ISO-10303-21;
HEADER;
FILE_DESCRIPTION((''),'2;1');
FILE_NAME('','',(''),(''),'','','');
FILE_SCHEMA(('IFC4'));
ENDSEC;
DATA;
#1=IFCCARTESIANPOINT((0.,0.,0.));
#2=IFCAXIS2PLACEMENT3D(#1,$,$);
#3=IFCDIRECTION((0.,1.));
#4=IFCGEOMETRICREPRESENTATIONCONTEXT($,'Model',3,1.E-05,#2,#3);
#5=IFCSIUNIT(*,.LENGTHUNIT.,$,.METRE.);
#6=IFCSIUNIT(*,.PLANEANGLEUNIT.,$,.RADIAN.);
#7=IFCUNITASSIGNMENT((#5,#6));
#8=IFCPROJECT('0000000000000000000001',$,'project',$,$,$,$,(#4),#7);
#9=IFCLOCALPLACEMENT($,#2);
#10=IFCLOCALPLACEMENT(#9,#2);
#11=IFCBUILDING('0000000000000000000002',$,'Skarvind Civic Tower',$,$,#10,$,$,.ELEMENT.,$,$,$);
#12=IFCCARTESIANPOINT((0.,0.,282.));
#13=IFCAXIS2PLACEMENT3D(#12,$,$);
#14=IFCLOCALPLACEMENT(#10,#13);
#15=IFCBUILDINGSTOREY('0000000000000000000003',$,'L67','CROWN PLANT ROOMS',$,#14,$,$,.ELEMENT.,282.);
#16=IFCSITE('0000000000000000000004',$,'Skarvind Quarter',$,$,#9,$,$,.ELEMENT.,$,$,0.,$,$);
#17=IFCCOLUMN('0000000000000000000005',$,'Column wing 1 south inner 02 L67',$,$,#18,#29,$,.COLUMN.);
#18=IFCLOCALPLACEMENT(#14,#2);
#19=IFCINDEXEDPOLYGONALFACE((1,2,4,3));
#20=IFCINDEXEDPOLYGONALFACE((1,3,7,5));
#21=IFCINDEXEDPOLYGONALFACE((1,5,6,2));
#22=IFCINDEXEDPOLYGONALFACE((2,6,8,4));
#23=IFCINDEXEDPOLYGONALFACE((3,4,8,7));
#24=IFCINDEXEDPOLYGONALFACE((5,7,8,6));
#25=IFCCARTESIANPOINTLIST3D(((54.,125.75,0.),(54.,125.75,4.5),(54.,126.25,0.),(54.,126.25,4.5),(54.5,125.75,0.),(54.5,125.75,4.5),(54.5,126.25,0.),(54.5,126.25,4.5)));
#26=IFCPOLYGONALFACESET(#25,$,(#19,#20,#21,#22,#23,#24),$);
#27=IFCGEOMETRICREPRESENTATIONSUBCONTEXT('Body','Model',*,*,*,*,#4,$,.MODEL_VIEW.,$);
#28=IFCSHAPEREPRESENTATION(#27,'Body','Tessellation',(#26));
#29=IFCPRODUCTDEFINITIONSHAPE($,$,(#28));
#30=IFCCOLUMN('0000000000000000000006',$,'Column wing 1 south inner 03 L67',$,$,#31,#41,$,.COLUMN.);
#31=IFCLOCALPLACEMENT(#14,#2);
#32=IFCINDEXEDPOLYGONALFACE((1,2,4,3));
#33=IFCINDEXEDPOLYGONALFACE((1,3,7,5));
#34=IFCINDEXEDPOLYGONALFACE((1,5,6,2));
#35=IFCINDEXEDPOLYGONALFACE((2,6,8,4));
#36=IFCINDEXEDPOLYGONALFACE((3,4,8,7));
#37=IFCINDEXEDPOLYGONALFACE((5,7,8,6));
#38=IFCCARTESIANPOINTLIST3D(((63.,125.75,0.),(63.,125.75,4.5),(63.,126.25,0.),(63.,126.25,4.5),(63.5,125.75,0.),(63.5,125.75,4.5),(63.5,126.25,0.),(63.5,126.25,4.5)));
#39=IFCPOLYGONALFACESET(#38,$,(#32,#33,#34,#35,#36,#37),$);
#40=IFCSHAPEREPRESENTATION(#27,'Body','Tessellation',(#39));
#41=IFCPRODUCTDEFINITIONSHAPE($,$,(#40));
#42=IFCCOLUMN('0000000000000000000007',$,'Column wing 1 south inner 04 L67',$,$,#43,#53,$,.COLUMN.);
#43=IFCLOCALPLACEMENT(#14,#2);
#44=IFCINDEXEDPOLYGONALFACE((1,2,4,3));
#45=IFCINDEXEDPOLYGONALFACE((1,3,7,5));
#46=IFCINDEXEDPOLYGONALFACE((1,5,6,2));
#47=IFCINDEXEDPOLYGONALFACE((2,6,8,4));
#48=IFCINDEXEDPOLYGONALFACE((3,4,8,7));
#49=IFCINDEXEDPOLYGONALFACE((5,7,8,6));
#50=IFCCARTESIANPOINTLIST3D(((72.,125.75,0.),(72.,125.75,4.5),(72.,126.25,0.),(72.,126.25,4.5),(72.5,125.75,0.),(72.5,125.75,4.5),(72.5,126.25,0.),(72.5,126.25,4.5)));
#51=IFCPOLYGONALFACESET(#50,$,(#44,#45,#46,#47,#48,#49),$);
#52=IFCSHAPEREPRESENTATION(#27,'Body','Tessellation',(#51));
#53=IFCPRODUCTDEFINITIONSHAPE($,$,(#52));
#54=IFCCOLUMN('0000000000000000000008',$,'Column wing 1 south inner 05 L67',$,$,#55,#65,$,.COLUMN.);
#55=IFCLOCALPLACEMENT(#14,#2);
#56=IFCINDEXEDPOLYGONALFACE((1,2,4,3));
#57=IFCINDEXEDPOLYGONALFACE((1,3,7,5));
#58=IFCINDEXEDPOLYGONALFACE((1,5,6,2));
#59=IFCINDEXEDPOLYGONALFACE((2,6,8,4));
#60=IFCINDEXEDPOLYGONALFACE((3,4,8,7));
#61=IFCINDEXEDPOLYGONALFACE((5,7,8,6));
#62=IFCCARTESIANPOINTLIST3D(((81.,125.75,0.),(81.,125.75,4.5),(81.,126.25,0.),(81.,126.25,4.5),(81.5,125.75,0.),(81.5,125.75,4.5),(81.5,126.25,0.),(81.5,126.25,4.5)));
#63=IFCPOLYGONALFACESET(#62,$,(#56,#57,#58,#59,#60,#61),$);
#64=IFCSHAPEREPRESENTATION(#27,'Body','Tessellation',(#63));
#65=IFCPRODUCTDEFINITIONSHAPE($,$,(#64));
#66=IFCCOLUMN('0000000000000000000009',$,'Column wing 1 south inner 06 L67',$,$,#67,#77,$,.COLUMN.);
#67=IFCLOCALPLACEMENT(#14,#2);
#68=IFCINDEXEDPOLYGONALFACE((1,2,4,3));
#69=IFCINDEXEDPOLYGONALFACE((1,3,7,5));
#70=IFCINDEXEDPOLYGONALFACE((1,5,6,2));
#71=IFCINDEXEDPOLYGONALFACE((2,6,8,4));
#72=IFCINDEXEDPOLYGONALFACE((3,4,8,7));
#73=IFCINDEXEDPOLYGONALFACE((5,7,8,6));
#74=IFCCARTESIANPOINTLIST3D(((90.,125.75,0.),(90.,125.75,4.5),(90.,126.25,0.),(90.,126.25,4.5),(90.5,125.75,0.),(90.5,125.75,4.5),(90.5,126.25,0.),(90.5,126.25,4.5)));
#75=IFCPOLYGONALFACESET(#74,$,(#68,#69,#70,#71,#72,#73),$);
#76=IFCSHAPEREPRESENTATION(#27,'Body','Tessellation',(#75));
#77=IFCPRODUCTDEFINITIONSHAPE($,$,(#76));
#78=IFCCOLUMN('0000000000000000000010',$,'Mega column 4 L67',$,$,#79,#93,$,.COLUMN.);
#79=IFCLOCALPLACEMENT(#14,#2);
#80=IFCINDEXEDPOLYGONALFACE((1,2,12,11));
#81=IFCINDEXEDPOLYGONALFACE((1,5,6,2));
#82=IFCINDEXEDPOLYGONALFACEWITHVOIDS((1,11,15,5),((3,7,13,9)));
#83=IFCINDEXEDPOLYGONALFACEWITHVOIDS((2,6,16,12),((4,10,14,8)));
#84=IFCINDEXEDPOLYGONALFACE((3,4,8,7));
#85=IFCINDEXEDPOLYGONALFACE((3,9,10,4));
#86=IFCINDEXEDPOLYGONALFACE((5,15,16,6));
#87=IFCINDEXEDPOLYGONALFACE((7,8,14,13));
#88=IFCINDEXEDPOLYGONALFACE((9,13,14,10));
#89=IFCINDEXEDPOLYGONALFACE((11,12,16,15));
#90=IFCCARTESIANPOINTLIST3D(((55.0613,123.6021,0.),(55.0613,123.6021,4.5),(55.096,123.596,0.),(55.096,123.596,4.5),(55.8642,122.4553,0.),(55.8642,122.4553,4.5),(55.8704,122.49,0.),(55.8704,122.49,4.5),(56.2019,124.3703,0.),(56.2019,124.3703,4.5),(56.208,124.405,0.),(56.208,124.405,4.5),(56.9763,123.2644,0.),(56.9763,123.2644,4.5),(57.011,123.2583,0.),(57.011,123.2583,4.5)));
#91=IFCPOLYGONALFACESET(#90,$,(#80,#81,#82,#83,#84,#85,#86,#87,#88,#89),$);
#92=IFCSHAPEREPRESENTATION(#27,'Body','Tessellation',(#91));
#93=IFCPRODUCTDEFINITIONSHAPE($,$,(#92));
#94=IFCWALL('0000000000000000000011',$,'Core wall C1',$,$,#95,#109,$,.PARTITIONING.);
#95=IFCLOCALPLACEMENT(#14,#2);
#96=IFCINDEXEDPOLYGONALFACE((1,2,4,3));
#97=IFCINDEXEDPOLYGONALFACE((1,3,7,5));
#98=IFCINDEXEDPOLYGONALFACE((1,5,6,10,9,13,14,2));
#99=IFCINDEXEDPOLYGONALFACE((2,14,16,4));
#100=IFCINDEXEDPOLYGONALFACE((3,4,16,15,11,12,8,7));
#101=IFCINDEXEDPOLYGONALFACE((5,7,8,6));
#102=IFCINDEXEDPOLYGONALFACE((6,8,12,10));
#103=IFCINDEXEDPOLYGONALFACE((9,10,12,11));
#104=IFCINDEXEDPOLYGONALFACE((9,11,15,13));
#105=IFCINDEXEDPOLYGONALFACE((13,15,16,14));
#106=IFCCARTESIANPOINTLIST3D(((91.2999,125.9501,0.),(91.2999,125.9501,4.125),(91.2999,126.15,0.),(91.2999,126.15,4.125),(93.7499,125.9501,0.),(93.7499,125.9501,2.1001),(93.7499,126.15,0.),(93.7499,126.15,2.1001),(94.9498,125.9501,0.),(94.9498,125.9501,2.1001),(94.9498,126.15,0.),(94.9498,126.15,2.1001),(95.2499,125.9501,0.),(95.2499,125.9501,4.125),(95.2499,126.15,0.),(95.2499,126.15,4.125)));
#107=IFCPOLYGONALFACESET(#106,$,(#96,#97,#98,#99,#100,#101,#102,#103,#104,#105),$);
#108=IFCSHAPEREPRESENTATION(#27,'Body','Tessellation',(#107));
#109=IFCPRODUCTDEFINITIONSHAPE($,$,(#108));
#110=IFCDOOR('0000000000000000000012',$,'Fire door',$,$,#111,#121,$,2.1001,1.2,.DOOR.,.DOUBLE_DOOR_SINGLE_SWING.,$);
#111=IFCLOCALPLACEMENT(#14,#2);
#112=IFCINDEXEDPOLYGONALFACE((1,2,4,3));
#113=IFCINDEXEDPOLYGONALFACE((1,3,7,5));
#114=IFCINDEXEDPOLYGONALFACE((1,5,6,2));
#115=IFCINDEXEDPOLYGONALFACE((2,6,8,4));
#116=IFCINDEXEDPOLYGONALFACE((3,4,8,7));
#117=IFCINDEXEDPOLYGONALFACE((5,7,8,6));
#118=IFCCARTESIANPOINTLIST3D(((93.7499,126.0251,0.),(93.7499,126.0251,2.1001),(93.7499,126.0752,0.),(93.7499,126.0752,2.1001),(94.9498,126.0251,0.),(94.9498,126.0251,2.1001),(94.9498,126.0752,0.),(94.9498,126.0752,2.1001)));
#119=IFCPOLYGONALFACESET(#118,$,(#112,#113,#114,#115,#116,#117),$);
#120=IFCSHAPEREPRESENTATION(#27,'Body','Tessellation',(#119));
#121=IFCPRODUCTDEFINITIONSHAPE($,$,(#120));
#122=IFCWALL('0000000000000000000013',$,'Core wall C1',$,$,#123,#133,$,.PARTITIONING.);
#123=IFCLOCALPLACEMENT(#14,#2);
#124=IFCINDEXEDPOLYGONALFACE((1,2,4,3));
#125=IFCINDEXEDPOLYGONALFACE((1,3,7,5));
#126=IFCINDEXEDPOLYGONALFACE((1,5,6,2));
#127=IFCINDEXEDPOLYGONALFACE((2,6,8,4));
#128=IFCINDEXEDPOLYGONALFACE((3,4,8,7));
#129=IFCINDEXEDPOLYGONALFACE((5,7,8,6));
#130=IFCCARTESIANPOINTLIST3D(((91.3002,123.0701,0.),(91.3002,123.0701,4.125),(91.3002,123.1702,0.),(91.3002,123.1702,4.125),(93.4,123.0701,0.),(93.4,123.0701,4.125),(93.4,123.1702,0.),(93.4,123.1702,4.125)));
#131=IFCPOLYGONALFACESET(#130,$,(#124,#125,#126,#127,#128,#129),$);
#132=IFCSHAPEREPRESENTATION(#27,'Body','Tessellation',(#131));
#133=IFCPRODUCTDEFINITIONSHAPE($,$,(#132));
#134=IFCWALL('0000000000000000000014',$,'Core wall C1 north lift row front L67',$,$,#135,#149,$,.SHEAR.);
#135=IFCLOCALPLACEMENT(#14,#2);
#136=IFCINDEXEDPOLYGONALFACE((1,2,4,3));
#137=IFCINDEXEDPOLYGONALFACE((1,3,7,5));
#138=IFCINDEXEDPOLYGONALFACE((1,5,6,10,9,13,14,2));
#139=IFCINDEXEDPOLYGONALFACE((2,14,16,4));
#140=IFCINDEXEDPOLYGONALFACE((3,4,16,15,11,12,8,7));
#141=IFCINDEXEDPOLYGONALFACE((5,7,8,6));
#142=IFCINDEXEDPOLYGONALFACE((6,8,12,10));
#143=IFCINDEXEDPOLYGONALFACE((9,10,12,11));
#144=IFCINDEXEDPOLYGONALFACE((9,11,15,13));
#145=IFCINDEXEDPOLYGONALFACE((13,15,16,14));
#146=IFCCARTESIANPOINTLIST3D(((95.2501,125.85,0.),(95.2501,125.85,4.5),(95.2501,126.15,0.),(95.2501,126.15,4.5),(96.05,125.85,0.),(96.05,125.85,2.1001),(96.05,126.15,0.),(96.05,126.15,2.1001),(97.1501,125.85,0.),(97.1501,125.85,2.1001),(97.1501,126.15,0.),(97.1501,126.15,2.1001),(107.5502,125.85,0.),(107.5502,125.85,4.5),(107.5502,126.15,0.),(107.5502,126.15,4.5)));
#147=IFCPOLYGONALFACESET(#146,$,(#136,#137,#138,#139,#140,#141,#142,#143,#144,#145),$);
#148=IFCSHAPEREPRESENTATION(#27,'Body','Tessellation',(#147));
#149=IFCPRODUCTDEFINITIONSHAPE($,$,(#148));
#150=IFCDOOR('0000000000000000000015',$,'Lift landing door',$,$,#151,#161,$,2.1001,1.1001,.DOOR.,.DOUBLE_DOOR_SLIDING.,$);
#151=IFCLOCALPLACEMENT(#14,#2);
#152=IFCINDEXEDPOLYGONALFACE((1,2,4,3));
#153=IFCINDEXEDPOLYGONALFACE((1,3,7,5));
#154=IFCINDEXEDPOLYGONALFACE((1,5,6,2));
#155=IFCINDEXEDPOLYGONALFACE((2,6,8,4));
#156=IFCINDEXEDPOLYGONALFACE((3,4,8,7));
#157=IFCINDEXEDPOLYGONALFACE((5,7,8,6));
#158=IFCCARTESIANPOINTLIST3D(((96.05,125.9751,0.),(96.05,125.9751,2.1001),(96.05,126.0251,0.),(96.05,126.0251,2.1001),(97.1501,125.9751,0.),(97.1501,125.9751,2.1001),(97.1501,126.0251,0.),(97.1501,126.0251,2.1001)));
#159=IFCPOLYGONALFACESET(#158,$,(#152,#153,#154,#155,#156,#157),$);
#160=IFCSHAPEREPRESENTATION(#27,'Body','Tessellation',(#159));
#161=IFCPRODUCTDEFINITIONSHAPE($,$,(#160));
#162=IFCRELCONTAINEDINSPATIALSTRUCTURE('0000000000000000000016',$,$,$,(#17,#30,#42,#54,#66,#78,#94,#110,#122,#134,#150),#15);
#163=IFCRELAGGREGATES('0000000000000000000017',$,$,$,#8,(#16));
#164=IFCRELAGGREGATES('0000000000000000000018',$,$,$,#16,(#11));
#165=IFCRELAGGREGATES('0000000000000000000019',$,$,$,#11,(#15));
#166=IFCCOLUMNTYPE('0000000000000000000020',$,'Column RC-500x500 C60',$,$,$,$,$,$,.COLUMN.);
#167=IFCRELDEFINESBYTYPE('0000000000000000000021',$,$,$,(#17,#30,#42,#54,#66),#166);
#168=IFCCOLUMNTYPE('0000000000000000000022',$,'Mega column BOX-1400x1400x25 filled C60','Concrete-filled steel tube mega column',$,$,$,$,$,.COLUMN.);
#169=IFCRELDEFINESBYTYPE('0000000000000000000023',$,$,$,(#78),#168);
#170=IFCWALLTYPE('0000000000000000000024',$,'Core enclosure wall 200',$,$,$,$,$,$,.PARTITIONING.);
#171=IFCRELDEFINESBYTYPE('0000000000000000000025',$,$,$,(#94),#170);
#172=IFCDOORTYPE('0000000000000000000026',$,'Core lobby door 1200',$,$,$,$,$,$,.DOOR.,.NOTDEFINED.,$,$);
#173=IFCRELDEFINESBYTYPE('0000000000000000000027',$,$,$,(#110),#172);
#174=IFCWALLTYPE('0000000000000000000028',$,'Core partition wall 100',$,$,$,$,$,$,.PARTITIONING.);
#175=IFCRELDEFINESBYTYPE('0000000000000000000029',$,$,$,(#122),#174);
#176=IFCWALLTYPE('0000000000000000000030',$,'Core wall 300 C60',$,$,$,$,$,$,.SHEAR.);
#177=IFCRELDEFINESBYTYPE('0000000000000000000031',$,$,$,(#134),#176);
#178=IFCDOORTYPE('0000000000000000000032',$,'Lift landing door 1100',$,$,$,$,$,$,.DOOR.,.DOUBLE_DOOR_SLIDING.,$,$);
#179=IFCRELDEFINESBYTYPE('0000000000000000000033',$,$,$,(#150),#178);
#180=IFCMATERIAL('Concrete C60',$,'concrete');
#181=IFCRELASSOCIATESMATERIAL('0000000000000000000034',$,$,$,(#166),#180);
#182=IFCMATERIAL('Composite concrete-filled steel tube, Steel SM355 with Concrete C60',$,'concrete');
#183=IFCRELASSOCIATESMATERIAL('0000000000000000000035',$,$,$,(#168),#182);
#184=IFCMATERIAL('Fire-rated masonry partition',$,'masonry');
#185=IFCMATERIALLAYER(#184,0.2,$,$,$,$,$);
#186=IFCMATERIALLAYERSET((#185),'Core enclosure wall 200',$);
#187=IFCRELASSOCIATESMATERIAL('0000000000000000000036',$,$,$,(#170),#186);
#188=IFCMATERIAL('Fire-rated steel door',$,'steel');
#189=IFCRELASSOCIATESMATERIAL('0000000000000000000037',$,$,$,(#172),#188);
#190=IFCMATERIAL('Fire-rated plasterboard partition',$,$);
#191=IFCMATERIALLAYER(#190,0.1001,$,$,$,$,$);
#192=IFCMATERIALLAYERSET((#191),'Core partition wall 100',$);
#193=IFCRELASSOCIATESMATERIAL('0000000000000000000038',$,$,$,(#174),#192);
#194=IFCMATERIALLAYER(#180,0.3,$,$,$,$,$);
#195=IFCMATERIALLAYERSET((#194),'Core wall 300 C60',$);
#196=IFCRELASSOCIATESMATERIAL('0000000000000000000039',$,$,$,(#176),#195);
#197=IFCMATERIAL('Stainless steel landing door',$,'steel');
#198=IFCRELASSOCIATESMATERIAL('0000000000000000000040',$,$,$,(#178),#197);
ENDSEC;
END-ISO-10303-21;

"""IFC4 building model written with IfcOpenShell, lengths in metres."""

from ifc_helpers import new_model, si_unit, direction, frame, frame_2d, origin, origin_2d, place, context, subcontext, project, spatial, rectangle, hollow_rectangle, extrude, material, layer, layer_set, material_profile, profile_set, type_object, element, fill, save


model = new_model("IFC4")

# Units and contexts
model_context = context("Model", 3, precision=1e-05, world=origin(), true_north=direction((0.0, 1.0)))
body_context = subcontext(model_context, "Body", "Model", "MODEL_VIEW")
ifc_project = project(units=[si_unit("LENGTHUNIT", "METRE"), si_unit("PLANEANGLEUNIT", "RADIAN")], contexts=[model_context])

# Site, building, storey
site_placement = place(None, origin())
site = spatial("IfcSite", under=ifc_project, at=site_placement, Name="Skarvind Quarter", CompositionType="ELEMENT", RefElevation=0.0)
building_placement = place(site_placement, origin())
building = spatial("IfcBuilding", under=site, at=building_placement, Name="Skarvind Civic Tower", CompositionType="ELEMENT")
storey_placement = place(building_placement, frame((0.0, 0.0, 282.0)))
storey = spatial("IfcBuildingStorey", under=building, at=storey_placement, Name="L67", Description="CROWN PLANT ROOMS", CompositionType="ELEMENT", Elevation=282.0)

# Columns
ifc_material_1 = material(Name="Concrete C60", Category="concrete")
ifc_material_profile_1 = material_profile(ifc_material_1, rectangle(XDim=0.5, YDim=0.5, at=origin_2d()), Name="RC-500x500")
ifc_profile_set_1 = profile_set([ifc_material_profile_1], Name="Concrete C60")
column_type_1 = type_object("IfcColumnType", Name="Column RC-500x500 C60", PredefinedType="COLUMN", material=ifc_profile_set_1)
for number, where, z_axis, x_axis, name in (
    (1, (54.25, 126.0, 0.0), (0.0, 0.0, 1.0), (1.0, 0.0, 0.0), "Column wing 1 south inner 02 L67"),
    (2, (63.25, 126.0, 0.0), (0.0, 0.0, 1.0), (1.0, 0.0, 0.0), "Column wing 1 south inner 03 L67"),
    (3, (72.25, 126.0, 0.0), (0.0, 0.0, 1.0), (1.0, 0.0, 0.0), "Column wing 1 south inner 04 L67"),
    (4, (81.25, 126.0, 0.0), (0.0, 0.0, 1.0), (1.0, 0.0, 0.0), "Column wing 1 south inner 05 L67"),
    (5, (90.25, 126.0, 0.0), (0.0, 0.0, 1.0), (1.0, 0.0, 0.0), "Column wing 1 south inner 06 L67"),
):
    element("IfcColumn", number, at=place(storey_placement, frame(where, z_axis=z_axis, x_axis=x_axis)), inside=storey, type_object=column_type_1, Name=name, PredefinedType="COLUMN", context=body_context, shape_type="SweptSolid", body=[
        extrude(rectangle(XDim=0.5, YDim=0.5, at=origin_2d()), origin(), (0.0, 0.0, 1.0), 4.5),
    ])
ifc_material_2 = material(Name="Composite concrete-filled steel tube, Steel SM355 with Concrete C60", Category="concrete")
ifc_material_profile_2 = material_profile(ifc_material_2, hollow_rectangle(XDim=1.3999, YDim=1.3999, WallThickness=0.0249, at=origin_2d()), Name="BOX-1400x1400x25")
ifc_profile_set_2 = profile_set([ifc_material_profile_2], Name="Composite concrete-filled steel tube, Steel SM355 with Concrete C60")
column_type_2 = type_object("IfcColumnType", Name="Mega column BOX-1400x1400x25 filled C60", Description="Concrete-filled steel tube mega column", PredefinedType="COLUMN", material=ifc_profile_set_2)
column_placement = place(storey_placement, frame((56.0361, 123.4302, 0.0), z_axis=(0.0, 0.0, 1.0), x_axis=(0.573576, -0.819152, 0.0)))
element("IfcColumn", 6, at=column_placement, inside=storey, type_object=column_type_2, Name="Mega column 4 L67", PredefinedType="COLUMN", context=body_context, shape_type="SweptSolid", body=[
    extrude(hollow_rectangle(XDim=1.3999, YDim=1.3999, WallThickness=0.0249, at=origin_2d()), origin(), (0.0, 0.0, 1.0), 4.5),
])

# Wall, opening, door
ifc_material_3 = material(Name="Fire-rated masonry partition", Category="masonry")
ifc_layer_1 = layer(ifc_material_3, 0.2)
ifc_layer_set_1 = layer_set([ifc_layer_1], Name="Core enclosure wall 200")
wall_type_1 = type_object("IfcWallType", Name="Core enclosure wall 200", PredefinedType="PARTITIONING", material=ifc_layer_set_1)
wall_1_placement = place(storey_placement, frame((95.25, 126.05, 0.0), z_axis=(0.0, 0.0, 1.0), x_axis=(-1.0, 0.0, 0.0)))
wall_1 = element("IfcWall", 7, at=wall_1_placement, inside=storey, type_object=wall_type_1, Name="Core wall C1", PredefinedType="PARTITIONING", context=body_context, shape_type="SweptSolid", body=[
    extrude(rectangle(XDim=3.95, YDim=0.2, at=frame_2d((1.9751, 0.0))), origin(), (0.0, 0.0, 1.0), 4.125),
])
opening_1_placement = place(wall_1_placement, frame((0.3, 0.0, 0.0)))
opening_1 = element("IfcOpeningElement", 8, at=opening_1_placement, cuts=wall_1, PredefinedType="OPENING", context=body_context, shape_type="SweptSolid", body=[
    extrude(rectangle(XDim=1.2, YDim=2.1001, at=frame_2d((0.6001, 1.05))), frame((0.0, 0.1099, 0.0), z_axis=(0.0, -1.0, 0.0), x_axis=(1.0, 0.0, 0.0)), (0.0, 0.0, 1.0), 0.22),
])
ifc_material_4 = material(Name="Fire-rated steel door", Category="steel")
door_type_1 = type_object("IfcDoorType", Name="Core lobby door 1200", OperationType="NOTDEFINED", PredefinedType="DOOR", material=ifc_material_4)
door_1_placement = place(opening_1_placement, origin())
door_1 = element("IfcDoor", 9, at=door_1_placement, inside=storey, type_object=door_type_1, Name="Fire door", OperationType="DOUBLE_DOOR_SINGLE_SWING", OverallHeight=2.1001, OverallWidth=1.2, PredefinedType="DOOR", context=body_context, shape_type="SweptSolid", body=[
    extrude(rectangle(XDim=1.2, YDim=2.1001, at=frame_2d((0.6001, 1.05))), frame((0.0, 0.0249, 0.0), z_axis=(0.0, -1.0, 0.0), x_axis=(1.0, 0.0, 0.0)), (0.0, 0.0, 1.0), 0.05),
])
fill(opening_1, door_1)

# Wall
ifc_material_5 = material(Name="Fire-rated plasterboard partition")
ifc_layer_2 = layer(ifc_material_5, 0.1001)
ifc_layer_set_2 = layer_set([ifc_layer_2], Name="Core partition wall 100")
wall_type_2 = type_object("IfcWallType", Name="Core partition wall 100", PredefinedType="PARTITIONING", material=ifc_layer_set_2)
wall_2_placement = place(storey_placement, frame((93.3999, 123.1201, 0.0), z_axis=(0.0, 0.0, 1.0), x_axis=(-1.0, 0.0, 0.0)))
element("IfcWall", 10, at=wall_2_placement, inside=storey, type_object=wall_type_2, Name="Core wall C1", PredefinedType="PARTITIONING", context=body_context, shape_type="SweptSolid", body=[
    extrude(rectangle(XDim=2.0999, YDim=0.1001, at=frame_2d((1.0498, 0.0))), origin(), (0.0, 0.0, 1.0), 4.125),
])

# Wall, opening, door
ifc_layer_3 = layer(ifc_material_1, 0.3)
ifc_layer_set_3 = layer_set([ifc_layer_3], Name="Core wall 300 C60")
wall_type_3 = type_object("IfcWallType", Name="Core wall 300 C60", PredefinedType="SHEAR", material=ifc_layer_set_3)
wall_3_placement = place(storey_placement, frame((107.55, 126.0, 0.0), z_axis=(0.0, 0.0, 1.0), x_axis=(-1.0, 0.0, 0.0)))
wall_3 = element("IfcWall", 11, at=wall_3_placement, inside=storey, type_object=wall_type_3, Name="Core wall C1 north lift row front L67", PredefinedType="SHEAR", context=body_context, shape_type="SweptSolid", body=[
    extrude(rectangle(XDim=12.3, YDim=0.3, at=frame_2d((6.1499, 0.0))), origin(), (0.0, 0.0, 1.0), 4.5),
])
opening_2_placement = place(wall_3_placement, frame((10.3999, 0.0, 0.0)))
opening_2 = element("IfcOpeningElement", 12, at=opening_2_placement, cuts=wall_3, PredefinedType="OPENING", context=body_context, shape_type="SweptSolid", body=[
    extrude(rectangle(XDim=1.1001, YDim=2.1001, at=frame_2d((0.55, 1.05))), frame((0.0, 0.1599, 0.0), z_axis=(0.0, -1.0, 0.0), x_axis=(1.0, 0.0, 0.0)), (0.0, 0.0, 1.0), 0.3201),
])
ifc_material_6 = material(Name="Stainless steel landing door", Category="steel")
door_type_2 = type_object("IfcDoorType", Name="Lift landing door 1100", OperationType="DOUBLE_DOOR_SLIDING", PredefinedType="DOOR", material=ifc_material_6)
door_2_placement = place(opening_2_placement, origin())
door_2 = element("IfcDoor", 13, at=door_2_placement, inside=storey, type_object=door_type_2, Name="Lift landing door", OperationType="DOUBLE_DOOR_SLIDING", OverallHeight=2.1001, OverallWidth=1.1001, PredefinedType="DOOR", context=body_context, shape_type="SweptSolid", body=[
    extrude(rectangle(XDim=1.1001, YDim=2.1001, at=frame_2d((0.55, 1.05))), frame((0.0, 0.0249, 0.0), z_axis=(0.0, -1.0, 0.0), x_axis=(1.0, 0.0, 0.0)), (0.0, 0.0, 1.0), 0.05),
])
fill(opening_2, door_2)

save(model, "model.ifc")
